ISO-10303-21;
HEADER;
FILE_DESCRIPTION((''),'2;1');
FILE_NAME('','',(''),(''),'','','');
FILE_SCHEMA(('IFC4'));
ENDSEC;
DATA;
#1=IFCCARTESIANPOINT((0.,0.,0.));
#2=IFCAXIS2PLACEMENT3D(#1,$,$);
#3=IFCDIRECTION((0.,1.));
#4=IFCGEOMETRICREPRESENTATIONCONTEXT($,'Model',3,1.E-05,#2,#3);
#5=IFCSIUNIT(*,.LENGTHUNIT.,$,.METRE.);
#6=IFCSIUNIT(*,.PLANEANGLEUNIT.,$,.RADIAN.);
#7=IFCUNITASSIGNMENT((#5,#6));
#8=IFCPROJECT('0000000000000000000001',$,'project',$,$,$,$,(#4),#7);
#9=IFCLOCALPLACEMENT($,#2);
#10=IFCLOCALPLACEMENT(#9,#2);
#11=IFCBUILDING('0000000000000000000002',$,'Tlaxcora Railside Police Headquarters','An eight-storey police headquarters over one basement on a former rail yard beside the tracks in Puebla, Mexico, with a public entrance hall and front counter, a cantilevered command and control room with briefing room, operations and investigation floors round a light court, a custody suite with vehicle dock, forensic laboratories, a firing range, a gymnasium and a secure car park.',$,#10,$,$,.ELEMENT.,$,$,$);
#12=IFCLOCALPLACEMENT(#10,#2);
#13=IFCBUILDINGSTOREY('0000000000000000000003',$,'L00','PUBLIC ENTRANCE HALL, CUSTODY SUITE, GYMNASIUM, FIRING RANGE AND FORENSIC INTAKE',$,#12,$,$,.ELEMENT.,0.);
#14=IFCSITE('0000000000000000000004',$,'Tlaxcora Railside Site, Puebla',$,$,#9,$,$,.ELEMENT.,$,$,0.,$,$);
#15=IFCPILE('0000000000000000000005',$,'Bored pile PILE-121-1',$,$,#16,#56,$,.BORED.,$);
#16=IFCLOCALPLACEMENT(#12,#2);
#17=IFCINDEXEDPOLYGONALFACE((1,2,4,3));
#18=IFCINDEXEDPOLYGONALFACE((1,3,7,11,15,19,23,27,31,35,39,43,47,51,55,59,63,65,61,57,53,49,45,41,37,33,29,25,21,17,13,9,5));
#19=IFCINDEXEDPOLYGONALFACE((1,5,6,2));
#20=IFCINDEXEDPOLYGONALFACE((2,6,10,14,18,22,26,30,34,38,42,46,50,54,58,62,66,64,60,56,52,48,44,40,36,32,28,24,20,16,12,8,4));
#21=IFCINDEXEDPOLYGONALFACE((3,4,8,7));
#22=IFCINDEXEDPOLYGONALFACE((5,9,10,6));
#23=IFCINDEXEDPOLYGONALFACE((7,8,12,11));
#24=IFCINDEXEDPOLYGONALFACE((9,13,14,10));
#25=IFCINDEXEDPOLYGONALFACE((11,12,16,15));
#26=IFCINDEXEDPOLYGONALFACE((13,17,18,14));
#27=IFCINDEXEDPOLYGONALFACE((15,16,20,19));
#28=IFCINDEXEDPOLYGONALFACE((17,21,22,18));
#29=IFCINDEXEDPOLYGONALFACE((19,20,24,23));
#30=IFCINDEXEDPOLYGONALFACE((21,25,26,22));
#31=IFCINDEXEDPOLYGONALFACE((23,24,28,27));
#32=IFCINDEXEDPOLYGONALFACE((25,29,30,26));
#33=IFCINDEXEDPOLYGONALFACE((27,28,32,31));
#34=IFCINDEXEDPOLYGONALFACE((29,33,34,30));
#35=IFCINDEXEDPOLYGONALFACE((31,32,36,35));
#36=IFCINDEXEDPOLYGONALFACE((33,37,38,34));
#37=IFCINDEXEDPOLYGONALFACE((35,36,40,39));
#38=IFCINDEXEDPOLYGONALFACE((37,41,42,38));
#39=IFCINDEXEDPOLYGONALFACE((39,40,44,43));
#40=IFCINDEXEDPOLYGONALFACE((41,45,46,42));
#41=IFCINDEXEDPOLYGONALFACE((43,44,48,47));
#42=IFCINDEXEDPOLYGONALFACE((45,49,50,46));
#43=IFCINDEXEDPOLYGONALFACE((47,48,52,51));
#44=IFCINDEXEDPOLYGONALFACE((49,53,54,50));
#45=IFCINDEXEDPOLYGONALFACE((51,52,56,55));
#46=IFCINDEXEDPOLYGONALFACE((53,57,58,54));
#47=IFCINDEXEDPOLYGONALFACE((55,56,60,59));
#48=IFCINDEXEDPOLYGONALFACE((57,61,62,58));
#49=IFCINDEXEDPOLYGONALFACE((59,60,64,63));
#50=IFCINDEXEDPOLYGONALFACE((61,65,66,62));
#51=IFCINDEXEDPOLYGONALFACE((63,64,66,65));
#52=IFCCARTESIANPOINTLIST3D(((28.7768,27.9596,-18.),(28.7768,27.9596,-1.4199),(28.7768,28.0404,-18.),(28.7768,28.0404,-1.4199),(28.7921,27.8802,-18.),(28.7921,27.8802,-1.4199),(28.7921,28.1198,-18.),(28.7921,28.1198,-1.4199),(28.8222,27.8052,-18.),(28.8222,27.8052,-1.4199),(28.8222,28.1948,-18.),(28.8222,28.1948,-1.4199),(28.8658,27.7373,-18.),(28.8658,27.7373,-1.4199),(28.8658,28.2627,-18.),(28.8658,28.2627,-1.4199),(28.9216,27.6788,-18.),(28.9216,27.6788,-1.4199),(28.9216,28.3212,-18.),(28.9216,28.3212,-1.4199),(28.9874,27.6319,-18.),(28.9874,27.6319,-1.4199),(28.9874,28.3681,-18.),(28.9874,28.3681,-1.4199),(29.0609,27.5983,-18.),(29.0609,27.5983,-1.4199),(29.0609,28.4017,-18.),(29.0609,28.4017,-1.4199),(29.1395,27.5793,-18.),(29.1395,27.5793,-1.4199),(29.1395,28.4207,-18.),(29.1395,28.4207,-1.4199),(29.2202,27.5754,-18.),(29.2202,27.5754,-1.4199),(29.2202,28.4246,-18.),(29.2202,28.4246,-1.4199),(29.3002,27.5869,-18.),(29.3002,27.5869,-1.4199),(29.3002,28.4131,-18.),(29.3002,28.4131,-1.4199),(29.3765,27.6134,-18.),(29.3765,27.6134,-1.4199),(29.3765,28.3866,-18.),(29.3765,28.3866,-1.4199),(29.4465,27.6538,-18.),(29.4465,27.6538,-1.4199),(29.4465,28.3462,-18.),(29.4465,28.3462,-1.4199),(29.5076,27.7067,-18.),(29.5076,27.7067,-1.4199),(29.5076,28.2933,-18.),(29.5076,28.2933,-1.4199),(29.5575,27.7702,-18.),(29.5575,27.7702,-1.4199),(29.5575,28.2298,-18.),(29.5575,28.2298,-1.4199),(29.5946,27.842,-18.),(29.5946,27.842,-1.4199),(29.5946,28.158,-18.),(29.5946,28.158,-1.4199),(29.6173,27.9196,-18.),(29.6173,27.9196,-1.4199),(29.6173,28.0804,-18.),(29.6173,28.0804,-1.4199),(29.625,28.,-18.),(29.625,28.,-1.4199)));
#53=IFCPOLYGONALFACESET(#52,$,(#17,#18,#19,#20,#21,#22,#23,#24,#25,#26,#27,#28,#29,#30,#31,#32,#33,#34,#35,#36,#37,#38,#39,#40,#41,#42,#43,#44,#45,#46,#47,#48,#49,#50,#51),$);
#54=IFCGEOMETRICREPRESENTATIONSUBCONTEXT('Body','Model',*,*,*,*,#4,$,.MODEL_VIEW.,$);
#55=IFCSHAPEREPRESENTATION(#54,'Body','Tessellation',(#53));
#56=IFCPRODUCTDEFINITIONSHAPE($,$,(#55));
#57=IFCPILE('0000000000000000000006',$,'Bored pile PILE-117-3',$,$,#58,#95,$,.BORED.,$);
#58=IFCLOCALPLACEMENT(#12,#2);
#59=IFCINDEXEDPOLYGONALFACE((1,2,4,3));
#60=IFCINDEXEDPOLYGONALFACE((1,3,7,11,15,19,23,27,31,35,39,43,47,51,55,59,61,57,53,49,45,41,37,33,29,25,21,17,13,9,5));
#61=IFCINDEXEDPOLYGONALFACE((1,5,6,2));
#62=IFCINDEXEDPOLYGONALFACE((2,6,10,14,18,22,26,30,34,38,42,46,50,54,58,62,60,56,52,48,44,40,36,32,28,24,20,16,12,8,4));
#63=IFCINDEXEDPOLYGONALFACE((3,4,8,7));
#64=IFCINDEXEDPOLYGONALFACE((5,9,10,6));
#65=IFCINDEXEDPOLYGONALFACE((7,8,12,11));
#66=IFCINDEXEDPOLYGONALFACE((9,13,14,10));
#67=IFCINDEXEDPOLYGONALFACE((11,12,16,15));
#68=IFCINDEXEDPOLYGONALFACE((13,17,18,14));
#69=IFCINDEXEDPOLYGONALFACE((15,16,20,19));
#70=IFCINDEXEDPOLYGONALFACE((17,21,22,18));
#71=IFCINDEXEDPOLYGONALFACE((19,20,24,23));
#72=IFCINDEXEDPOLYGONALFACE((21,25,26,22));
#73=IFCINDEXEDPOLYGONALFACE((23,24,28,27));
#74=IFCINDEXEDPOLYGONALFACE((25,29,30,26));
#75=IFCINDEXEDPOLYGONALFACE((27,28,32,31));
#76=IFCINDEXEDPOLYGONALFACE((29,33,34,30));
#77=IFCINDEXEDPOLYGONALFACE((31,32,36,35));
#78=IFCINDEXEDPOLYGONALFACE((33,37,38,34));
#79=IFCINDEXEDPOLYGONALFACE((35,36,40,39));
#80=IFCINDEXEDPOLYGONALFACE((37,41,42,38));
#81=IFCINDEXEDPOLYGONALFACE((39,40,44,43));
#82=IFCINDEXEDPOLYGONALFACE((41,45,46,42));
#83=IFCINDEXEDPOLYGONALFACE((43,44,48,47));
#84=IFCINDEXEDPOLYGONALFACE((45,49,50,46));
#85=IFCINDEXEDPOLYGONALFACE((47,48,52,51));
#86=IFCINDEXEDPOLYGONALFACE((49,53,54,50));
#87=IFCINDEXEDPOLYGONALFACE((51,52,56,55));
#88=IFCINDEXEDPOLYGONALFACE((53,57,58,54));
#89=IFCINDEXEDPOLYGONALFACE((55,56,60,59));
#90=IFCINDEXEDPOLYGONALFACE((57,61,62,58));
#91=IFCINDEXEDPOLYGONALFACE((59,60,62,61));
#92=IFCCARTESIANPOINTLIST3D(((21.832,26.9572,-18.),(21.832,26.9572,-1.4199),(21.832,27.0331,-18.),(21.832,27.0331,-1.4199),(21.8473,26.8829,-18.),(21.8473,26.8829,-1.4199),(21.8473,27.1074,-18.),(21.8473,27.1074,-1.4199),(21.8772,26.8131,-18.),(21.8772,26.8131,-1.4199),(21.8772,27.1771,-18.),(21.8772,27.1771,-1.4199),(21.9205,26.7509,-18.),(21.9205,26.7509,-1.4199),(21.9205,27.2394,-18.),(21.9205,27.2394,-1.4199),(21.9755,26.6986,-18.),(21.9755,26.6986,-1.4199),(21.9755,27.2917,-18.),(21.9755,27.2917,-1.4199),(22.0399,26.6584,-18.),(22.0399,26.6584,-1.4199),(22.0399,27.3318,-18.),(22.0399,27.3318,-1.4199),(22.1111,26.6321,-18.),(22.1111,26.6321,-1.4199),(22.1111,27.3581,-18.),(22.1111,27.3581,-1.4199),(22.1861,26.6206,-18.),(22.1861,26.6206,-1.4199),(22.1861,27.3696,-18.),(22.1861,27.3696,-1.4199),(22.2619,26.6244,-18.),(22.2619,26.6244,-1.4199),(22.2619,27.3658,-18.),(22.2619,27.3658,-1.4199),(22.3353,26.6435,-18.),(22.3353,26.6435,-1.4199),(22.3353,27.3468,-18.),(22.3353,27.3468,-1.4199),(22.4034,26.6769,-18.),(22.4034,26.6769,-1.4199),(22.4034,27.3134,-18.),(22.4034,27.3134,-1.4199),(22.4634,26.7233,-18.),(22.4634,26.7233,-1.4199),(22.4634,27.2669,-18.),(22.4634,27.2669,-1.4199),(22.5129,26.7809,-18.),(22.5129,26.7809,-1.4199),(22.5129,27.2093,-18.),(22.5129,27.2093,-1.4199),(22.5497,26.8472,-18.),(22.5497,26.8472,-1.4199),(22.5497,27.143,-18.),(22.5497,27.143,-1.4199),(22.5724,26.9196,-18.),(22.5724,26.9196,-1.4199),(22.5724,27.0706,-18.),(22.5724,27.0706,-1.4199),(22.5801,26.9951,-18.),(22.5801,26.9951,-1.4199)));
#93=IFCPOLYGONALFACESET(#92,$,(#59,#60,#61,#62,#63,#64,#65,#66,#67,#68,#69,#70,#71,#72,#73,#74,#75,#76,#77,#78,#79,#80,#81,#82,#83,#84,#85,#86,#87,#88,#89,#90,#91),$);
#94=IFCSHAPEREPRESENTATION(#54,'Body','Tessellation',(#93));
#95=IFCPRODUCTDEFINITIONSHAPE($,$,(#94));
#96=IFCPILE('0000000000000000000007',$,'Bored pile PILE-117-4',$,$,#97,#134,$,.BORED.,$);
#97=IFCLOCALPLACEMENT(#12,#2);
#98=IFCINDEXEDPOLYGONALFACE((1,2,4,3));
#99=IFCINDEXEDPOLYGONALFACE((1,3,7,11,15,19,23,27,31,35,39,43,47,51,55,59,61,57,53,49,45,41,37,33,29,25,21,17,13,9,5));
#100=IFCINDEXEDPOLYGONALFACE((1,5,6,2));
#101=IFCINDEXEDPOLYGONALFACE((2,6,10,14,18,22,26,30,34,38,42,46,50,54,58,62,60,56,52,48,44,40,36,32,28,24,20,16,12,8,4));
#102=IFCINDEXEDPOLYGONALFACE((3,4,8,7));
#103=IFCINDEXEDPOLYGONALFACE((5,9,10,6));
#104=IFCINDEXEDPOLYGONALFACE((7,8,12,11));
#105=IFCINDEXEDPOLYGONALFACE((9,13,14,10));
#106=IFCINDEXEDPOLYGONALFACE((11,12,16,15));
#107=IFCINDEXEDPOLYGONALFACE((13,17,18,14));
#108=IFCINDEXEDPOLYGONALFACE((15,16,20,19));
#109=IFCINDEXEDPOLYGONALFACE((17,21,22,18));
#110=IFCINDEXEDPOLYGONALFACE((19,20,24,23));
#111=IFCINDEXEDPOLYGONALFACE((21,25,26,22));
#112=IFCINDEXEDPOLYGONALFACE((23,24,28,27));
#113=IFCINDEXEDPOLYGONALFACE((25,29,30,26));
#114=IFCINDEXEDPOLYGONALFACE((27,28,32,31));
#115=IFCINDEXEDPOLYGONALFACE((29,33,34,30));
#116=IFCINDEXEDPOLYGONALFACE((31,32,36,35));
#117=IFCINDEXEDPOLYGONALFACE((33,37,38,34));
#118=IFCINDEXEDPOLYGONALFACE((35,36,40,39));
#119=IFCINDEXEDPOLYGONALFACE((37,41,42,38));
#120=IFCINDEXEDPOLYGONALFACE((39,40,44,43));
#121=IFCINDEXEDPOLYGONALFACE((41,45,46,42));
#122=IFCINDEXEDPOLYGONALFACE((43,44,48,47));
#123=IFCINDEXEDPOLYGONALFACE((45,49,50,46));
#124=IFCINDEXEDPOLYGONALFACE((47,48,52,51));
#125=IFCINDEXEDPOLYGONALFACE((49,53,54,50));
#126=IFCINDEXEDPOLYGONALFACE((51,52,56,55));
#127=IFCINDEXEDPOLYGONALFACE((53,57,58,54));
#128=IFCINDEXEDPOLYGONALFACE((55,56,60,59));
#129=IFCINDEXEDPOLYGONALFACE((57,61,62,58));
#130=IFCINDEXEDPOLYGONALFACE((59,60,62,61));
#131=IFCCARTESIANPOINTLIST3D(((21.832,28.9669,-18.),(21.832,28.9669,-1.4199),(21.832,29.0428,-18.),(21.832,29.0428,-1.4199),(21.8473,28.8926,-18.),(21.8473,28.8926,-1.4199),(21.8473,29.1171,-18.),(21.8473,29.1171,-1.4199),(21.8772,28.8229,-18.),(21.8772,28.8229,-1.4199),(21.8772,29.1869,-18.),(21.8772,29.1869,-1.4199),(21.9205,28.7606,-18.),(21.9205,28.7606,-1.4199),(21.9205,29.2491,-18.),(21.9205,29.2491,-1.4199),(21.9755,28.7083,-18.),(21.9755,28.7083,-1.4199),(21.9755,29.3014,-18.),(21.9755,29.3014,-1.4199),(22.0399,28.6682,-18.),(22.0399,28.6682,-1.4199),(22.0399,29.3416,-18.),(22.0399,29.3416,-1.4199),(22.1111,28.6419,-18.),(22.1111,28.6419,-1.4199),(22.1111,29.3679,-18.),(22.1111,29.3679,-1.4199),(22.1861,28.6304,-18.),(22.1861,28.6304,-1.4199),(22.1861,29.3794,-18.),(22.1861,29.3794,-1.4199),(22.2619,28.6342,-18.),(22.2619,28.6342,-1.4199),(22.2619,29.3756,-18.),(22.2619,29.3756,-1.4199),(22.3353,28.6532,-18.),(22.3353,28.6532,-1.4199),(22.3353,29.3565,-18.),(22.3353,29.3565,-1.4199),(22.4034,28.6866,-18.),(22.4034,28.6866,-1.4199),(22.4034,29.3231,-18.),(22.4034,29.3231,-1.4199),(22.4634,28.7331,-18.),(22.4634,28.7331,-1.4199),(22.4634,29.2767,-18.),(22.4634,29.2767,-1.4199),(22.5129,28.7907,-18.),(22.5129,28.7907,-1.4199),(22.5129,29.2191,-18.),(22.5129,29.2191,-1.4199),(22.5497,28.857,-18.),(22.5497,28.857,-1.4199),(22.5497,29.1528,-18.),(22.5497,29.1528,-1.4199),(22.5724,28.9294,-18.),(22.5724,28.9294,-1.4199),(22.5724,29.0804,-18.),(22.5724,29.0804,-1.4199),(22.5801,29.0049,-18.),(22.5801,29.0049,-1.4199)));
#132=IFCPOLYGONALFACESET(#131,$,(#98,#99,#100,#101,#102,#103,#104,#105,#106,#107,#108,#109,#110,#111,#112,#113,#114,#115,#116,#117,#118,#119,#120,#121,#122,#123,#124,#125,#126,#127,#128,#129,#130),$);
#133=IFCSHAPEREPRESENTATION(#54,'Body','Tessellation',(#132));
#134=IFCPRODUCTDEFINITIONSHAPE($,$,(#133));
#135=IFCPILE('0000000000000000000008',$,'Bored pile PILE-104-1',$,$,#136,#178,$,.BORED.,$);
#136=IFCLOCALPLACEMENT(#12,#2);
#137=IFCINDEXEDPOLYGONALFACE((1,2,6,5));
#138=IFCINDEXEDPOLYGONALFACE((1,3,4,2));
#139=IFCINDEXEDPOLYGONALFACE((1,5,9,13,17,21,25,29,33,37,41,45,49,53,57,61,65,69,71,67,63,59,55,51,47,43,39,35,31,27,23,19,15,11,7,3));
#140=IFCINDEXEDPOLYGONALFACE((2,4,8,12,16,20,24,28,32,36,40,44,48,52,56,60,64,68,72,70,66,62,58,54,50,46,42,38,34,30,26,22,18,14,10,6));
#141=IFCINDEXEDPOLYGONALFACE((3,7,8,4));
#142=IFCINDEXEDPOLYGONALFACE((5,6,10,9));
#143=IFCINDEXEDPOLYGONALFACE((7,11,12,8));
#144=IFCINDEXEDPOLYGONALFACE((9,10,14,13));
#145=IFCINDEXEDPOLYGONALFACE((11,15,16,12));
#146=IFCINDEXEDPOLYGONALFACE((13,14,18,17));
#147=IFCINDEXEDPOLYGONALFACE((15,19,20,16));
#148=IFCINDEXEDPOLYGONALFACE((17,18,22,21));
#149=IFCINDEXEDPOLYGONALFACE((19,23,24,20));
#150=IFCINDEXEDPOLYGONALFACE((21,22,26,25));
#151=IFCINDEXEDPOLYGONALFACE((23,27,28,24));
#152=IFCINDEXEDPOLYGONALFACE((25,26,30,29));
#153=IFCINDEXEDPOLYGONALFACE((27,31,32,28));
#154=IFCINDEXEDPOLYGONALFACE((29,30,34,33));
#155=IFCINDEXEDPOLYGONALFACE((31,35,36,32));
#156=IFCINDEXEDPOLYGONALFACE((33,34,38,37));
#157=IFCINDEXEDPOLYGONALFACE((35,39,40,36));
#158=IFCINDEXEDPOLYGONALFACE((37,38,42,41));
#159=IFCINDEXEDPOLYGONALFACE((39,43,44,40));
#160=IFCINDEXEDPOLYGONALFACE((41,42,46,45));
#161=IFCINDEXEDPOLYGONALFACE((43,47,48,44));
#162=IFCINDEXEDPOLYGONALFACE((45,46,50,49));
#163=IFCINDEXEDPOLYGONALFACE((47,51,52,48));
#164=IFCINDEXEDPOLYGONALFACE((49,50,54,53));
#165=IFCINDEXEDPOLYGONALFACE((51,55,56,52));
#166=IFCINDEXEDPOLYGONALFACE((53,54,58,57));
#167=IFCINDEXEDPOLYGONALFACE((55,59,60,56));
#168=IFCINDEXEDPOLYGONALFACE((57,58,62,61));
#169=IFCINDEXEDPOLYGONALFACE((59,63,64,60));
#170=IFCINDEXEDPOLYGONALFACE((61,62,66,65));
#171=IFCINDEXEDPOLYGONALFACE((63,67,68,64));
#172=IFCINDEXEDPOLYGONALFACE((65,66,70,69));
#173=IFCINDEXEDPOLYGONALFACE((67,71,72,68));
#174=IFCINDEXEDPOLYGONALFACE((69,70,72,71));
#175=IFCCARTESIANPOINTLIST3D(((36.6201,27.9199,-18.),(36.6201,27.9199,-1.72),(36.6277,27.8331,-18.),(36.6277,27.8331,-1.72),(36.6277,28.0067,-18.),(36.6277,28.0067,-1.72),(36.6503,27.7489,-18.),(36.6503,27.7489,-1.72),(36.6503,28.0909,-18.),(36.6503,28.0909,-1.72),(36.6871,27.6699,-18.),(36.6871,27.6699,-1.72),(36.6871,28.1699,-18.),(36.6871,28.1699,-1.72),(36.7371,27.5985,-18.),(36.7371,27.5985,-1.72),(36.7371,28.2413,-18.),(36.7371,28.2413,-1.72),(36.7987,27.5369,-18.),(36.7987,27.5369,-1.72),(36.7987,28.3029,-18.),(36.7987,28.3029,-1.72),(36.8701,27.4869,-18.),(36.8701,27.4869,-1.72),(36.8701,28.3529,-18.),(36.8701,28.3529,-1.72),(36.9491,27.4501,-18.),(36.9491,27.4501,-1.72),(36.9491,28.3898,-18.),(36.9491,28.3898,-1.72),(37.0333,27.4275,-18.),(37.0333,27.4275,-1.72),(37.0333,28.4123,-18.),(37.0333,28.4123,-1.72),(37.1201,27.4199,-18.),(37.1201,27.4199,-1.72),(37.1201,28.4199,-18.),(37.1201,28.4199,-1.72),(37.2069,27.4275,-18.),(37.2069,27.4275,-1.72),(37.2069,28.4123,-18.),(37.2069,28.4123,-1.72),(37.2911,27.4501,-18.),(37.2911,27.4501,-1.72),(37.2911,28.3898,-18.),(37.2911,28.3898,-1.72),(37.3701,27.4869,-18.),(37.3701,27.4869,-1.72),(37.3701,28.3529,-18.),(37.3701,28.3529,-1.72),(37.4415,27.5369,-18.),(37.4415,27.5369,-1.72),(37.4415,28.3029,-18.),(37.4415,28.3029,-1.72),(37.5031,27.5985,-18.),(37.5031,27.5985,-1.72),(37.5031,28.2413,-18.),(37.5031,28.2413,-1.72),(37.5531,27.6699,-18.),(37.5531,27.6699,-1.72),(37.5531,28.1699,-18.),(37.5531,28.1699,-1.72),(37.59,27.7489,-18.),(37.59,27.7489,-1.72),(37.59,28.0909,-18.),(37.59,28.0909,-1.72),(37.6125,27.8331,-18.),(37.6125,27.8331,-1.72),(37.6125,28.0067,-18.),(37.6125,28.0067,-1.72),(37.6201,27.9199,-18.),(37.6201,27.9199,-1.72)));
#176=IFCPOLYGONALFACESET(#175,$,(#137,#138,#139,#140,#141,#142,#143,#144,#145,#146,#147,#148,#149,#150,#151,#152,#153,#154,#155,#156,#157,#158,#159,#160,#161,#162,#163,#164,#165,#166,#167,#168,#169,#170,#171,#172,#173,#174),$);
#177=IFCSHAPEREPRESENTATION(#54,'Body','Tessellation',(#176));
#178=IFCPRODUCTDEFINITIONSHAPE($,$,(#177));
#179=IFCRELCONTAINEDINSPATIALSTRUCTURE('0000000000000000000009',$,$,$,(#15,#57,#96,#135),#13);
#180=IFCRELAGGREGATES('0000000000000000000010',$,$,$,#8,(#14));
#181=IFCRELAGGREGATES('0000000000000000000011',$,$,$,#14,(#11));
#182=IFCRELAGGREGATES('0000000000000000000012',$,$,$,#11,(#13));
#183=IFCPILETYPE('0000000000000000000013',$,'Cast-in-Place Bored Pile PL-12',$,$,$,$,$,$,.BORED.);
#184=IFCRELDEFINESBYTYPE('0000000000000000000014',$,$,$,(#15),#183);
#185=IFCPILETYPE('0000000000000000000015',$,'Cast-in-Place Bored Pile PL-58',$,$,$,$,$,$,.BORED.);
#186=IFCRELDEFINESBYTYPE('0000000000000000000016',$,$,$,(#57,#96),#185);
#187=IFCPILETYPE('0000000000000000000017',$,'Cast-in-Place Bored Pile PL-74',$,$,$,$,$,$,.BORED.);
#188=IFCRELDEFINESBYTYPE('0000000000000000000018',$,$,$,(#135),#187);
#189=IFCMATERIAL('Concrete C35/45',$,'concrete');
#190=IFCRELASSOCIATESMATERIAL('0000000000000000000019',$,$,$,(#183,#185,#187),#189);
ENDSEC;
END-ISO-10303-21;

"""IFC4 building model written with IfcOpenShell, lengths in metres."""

from ifc_helpers import new_model, si_unit, direction, frame, origin, origin_2d, place, context, subcontext, project, spatial, circle, extrude, material, material_profile, profile_set, type_object, element, save


model = new_model("IFC4")

# Units and contexts
model_context = context("Model", 3, precision=1e-05, world=origin(), true_north=direction((0.0, 1.0)))
body_context = subcontext(model_context, "Body", "Model", "MODEL_VIEW")
ifc_project = project(units=[si_unit("LENGTHUNIT", "METRE"), si_unit("PLANEANGLEUNIT", "RADIAN")], contexts=[model_context])

# Site, building, storey
site_placement = place(None, origin())
site = spatial("IfcSite", under=ifc_project, at=site_placement, Name="Tlaxcora Railside Site, Puebla", CompositionType="ELEMENT", RefElevation=0.0)
building_placement = place(site_placement, origin())
building = spatial("IfcBuilding", under=site, at=building_placement, Name="Tlaxcora Railside Police Headquarters", Description="An eight-storey police headquarters over one basement on a former rail yard beside the tracks in Puebla, Mexico, with a public entrance hall and front counter, a cantilevered command and control room with briefing room, operations and investigation floors round a light court, a custody suite with vehicle dock, forensic laboratories, a firing range, a gymnasium and a secure car park.", CompositionType="ELEMENT")
storey_placement = place(building_placement, origin())
storey = spatial("IfcBuildingStorey", under=building, at=storey_placement, Name="L00", Description="PUBLIC ENTRANCE HALL, CUSTODY SUITE, GYMNASIUM, FIRING RANGE AND FORENSIC INTAKE", CompositionType="ELEMENT", Elevation=0.0)

# Piles
ifc_material_1 = material(Name="Concrete C35/45", Category="concrete")
ifc_material_profile_1 = material_profile(ifc_material_1, circle(Radius=0.425, at=origin_2d()), Name="PILE850")
ifc_profile_set_1 = profile_set([ifc_material_profile_1], Name="Concrete C35/45")
pile_type_1 = type_object("IfcPileType", Name="Cast-in-Place Bored Pile PL-12", PredefinedType="BORED", material=ifc_profile_set_1)
pile_placement = place(storey_placement, frame((29.2, 28.0, -1.4199), z_axis=(0.0, 0.0, -1.0), x_axis=(1.0, 0.0, 0.0)))
element("IfcPile", 1, at=pile_placement, inside=storey, type_object=pile_type_1, Name="Bored pile PILE-121-1", PredefinedType="BORED", context=body_context, shape_type="SweptSolid", body=[
    extrude(circle(Radius=0.425, at=origin_2d()), origin(), (0.0, 0.0, 1.0), 16.5801),
])
ifc_material_profile_2 = material_profile(ifc_material_1, circle(Radius=0.375, at=origin_2d()), Name="PILE750")
ifc_profile_set_2 = profile_set([ifc_material_profile_2], Name="Concrete C35/45")
pile_type_2 = type_object("IfcPileType", Name="Cast-in-Place Bored Pile PL-58", PredefinedType="BORED", material=ifc_profile_set_2)
for number, where, z_axis, x_axis, name in (
    (2, (22.2051, 26.9951, -1.4199), (0.0, 0.0, -1.0), (1.0, 0.0, 0.0), "Bored pile PILE-117-3"),
    (3, (22.2051, 29.0049, -1.4199), (0.0, 0.0, -1.0), (1.0, 0.0, 0.0), "Bored pile PILE-117-4"),
):
    element("IfcPile", number, at=place(storey_placement, frame(where, z_axis=z_axis, x_axis=x_axis)), inside=storey, type_object=pile_type_2, Name=name, PredefinedType="BORED", context=body_context, shape_type="SweptSolid", body=[
        extrude(circle(Radius=0.375, at=origin_2d()), origin(), (0.0, 0.0, 1.0), 16.5801),
    ])
ifc_material_profile_3 = material_profile(ifc_material_1, circle(Radius=0.5, at=origin_2d()), Name="PILE1000")
ifc_profile_set_3 = profile_set([ifc_material_profile_3], Name="Concrete C35/45")
pile_type_3 = type_object("IfcPileType", Name="Cast-in-Place Bored Pile PL-74", PredefinedType="BORED", material=ifc_profile_set_3)
for number, where, z_axis, x_axis, name in (
    (4, (37.1201, 27.9199, -1.72), (0.0, 0.0, -1.0), (1.0, 0.0, 0.0), "Bored pile PILE-104-1"),
):
    element("IfcPile", number, at=place(storey_placement, frame(where, z_axis=z_axis, x_axis=x_axis)), inside=storey, type_object=pile_type_3, Name=name, PredefinedType="BORED", context=body_context, shape_type="SweptSolid", body=[
        extrude(circle(Radius=0.5, at=origin_2d()), origin(), (0.0, 0.0, 1.0), 16.28),
    ])

save(model, "model.ifc")
